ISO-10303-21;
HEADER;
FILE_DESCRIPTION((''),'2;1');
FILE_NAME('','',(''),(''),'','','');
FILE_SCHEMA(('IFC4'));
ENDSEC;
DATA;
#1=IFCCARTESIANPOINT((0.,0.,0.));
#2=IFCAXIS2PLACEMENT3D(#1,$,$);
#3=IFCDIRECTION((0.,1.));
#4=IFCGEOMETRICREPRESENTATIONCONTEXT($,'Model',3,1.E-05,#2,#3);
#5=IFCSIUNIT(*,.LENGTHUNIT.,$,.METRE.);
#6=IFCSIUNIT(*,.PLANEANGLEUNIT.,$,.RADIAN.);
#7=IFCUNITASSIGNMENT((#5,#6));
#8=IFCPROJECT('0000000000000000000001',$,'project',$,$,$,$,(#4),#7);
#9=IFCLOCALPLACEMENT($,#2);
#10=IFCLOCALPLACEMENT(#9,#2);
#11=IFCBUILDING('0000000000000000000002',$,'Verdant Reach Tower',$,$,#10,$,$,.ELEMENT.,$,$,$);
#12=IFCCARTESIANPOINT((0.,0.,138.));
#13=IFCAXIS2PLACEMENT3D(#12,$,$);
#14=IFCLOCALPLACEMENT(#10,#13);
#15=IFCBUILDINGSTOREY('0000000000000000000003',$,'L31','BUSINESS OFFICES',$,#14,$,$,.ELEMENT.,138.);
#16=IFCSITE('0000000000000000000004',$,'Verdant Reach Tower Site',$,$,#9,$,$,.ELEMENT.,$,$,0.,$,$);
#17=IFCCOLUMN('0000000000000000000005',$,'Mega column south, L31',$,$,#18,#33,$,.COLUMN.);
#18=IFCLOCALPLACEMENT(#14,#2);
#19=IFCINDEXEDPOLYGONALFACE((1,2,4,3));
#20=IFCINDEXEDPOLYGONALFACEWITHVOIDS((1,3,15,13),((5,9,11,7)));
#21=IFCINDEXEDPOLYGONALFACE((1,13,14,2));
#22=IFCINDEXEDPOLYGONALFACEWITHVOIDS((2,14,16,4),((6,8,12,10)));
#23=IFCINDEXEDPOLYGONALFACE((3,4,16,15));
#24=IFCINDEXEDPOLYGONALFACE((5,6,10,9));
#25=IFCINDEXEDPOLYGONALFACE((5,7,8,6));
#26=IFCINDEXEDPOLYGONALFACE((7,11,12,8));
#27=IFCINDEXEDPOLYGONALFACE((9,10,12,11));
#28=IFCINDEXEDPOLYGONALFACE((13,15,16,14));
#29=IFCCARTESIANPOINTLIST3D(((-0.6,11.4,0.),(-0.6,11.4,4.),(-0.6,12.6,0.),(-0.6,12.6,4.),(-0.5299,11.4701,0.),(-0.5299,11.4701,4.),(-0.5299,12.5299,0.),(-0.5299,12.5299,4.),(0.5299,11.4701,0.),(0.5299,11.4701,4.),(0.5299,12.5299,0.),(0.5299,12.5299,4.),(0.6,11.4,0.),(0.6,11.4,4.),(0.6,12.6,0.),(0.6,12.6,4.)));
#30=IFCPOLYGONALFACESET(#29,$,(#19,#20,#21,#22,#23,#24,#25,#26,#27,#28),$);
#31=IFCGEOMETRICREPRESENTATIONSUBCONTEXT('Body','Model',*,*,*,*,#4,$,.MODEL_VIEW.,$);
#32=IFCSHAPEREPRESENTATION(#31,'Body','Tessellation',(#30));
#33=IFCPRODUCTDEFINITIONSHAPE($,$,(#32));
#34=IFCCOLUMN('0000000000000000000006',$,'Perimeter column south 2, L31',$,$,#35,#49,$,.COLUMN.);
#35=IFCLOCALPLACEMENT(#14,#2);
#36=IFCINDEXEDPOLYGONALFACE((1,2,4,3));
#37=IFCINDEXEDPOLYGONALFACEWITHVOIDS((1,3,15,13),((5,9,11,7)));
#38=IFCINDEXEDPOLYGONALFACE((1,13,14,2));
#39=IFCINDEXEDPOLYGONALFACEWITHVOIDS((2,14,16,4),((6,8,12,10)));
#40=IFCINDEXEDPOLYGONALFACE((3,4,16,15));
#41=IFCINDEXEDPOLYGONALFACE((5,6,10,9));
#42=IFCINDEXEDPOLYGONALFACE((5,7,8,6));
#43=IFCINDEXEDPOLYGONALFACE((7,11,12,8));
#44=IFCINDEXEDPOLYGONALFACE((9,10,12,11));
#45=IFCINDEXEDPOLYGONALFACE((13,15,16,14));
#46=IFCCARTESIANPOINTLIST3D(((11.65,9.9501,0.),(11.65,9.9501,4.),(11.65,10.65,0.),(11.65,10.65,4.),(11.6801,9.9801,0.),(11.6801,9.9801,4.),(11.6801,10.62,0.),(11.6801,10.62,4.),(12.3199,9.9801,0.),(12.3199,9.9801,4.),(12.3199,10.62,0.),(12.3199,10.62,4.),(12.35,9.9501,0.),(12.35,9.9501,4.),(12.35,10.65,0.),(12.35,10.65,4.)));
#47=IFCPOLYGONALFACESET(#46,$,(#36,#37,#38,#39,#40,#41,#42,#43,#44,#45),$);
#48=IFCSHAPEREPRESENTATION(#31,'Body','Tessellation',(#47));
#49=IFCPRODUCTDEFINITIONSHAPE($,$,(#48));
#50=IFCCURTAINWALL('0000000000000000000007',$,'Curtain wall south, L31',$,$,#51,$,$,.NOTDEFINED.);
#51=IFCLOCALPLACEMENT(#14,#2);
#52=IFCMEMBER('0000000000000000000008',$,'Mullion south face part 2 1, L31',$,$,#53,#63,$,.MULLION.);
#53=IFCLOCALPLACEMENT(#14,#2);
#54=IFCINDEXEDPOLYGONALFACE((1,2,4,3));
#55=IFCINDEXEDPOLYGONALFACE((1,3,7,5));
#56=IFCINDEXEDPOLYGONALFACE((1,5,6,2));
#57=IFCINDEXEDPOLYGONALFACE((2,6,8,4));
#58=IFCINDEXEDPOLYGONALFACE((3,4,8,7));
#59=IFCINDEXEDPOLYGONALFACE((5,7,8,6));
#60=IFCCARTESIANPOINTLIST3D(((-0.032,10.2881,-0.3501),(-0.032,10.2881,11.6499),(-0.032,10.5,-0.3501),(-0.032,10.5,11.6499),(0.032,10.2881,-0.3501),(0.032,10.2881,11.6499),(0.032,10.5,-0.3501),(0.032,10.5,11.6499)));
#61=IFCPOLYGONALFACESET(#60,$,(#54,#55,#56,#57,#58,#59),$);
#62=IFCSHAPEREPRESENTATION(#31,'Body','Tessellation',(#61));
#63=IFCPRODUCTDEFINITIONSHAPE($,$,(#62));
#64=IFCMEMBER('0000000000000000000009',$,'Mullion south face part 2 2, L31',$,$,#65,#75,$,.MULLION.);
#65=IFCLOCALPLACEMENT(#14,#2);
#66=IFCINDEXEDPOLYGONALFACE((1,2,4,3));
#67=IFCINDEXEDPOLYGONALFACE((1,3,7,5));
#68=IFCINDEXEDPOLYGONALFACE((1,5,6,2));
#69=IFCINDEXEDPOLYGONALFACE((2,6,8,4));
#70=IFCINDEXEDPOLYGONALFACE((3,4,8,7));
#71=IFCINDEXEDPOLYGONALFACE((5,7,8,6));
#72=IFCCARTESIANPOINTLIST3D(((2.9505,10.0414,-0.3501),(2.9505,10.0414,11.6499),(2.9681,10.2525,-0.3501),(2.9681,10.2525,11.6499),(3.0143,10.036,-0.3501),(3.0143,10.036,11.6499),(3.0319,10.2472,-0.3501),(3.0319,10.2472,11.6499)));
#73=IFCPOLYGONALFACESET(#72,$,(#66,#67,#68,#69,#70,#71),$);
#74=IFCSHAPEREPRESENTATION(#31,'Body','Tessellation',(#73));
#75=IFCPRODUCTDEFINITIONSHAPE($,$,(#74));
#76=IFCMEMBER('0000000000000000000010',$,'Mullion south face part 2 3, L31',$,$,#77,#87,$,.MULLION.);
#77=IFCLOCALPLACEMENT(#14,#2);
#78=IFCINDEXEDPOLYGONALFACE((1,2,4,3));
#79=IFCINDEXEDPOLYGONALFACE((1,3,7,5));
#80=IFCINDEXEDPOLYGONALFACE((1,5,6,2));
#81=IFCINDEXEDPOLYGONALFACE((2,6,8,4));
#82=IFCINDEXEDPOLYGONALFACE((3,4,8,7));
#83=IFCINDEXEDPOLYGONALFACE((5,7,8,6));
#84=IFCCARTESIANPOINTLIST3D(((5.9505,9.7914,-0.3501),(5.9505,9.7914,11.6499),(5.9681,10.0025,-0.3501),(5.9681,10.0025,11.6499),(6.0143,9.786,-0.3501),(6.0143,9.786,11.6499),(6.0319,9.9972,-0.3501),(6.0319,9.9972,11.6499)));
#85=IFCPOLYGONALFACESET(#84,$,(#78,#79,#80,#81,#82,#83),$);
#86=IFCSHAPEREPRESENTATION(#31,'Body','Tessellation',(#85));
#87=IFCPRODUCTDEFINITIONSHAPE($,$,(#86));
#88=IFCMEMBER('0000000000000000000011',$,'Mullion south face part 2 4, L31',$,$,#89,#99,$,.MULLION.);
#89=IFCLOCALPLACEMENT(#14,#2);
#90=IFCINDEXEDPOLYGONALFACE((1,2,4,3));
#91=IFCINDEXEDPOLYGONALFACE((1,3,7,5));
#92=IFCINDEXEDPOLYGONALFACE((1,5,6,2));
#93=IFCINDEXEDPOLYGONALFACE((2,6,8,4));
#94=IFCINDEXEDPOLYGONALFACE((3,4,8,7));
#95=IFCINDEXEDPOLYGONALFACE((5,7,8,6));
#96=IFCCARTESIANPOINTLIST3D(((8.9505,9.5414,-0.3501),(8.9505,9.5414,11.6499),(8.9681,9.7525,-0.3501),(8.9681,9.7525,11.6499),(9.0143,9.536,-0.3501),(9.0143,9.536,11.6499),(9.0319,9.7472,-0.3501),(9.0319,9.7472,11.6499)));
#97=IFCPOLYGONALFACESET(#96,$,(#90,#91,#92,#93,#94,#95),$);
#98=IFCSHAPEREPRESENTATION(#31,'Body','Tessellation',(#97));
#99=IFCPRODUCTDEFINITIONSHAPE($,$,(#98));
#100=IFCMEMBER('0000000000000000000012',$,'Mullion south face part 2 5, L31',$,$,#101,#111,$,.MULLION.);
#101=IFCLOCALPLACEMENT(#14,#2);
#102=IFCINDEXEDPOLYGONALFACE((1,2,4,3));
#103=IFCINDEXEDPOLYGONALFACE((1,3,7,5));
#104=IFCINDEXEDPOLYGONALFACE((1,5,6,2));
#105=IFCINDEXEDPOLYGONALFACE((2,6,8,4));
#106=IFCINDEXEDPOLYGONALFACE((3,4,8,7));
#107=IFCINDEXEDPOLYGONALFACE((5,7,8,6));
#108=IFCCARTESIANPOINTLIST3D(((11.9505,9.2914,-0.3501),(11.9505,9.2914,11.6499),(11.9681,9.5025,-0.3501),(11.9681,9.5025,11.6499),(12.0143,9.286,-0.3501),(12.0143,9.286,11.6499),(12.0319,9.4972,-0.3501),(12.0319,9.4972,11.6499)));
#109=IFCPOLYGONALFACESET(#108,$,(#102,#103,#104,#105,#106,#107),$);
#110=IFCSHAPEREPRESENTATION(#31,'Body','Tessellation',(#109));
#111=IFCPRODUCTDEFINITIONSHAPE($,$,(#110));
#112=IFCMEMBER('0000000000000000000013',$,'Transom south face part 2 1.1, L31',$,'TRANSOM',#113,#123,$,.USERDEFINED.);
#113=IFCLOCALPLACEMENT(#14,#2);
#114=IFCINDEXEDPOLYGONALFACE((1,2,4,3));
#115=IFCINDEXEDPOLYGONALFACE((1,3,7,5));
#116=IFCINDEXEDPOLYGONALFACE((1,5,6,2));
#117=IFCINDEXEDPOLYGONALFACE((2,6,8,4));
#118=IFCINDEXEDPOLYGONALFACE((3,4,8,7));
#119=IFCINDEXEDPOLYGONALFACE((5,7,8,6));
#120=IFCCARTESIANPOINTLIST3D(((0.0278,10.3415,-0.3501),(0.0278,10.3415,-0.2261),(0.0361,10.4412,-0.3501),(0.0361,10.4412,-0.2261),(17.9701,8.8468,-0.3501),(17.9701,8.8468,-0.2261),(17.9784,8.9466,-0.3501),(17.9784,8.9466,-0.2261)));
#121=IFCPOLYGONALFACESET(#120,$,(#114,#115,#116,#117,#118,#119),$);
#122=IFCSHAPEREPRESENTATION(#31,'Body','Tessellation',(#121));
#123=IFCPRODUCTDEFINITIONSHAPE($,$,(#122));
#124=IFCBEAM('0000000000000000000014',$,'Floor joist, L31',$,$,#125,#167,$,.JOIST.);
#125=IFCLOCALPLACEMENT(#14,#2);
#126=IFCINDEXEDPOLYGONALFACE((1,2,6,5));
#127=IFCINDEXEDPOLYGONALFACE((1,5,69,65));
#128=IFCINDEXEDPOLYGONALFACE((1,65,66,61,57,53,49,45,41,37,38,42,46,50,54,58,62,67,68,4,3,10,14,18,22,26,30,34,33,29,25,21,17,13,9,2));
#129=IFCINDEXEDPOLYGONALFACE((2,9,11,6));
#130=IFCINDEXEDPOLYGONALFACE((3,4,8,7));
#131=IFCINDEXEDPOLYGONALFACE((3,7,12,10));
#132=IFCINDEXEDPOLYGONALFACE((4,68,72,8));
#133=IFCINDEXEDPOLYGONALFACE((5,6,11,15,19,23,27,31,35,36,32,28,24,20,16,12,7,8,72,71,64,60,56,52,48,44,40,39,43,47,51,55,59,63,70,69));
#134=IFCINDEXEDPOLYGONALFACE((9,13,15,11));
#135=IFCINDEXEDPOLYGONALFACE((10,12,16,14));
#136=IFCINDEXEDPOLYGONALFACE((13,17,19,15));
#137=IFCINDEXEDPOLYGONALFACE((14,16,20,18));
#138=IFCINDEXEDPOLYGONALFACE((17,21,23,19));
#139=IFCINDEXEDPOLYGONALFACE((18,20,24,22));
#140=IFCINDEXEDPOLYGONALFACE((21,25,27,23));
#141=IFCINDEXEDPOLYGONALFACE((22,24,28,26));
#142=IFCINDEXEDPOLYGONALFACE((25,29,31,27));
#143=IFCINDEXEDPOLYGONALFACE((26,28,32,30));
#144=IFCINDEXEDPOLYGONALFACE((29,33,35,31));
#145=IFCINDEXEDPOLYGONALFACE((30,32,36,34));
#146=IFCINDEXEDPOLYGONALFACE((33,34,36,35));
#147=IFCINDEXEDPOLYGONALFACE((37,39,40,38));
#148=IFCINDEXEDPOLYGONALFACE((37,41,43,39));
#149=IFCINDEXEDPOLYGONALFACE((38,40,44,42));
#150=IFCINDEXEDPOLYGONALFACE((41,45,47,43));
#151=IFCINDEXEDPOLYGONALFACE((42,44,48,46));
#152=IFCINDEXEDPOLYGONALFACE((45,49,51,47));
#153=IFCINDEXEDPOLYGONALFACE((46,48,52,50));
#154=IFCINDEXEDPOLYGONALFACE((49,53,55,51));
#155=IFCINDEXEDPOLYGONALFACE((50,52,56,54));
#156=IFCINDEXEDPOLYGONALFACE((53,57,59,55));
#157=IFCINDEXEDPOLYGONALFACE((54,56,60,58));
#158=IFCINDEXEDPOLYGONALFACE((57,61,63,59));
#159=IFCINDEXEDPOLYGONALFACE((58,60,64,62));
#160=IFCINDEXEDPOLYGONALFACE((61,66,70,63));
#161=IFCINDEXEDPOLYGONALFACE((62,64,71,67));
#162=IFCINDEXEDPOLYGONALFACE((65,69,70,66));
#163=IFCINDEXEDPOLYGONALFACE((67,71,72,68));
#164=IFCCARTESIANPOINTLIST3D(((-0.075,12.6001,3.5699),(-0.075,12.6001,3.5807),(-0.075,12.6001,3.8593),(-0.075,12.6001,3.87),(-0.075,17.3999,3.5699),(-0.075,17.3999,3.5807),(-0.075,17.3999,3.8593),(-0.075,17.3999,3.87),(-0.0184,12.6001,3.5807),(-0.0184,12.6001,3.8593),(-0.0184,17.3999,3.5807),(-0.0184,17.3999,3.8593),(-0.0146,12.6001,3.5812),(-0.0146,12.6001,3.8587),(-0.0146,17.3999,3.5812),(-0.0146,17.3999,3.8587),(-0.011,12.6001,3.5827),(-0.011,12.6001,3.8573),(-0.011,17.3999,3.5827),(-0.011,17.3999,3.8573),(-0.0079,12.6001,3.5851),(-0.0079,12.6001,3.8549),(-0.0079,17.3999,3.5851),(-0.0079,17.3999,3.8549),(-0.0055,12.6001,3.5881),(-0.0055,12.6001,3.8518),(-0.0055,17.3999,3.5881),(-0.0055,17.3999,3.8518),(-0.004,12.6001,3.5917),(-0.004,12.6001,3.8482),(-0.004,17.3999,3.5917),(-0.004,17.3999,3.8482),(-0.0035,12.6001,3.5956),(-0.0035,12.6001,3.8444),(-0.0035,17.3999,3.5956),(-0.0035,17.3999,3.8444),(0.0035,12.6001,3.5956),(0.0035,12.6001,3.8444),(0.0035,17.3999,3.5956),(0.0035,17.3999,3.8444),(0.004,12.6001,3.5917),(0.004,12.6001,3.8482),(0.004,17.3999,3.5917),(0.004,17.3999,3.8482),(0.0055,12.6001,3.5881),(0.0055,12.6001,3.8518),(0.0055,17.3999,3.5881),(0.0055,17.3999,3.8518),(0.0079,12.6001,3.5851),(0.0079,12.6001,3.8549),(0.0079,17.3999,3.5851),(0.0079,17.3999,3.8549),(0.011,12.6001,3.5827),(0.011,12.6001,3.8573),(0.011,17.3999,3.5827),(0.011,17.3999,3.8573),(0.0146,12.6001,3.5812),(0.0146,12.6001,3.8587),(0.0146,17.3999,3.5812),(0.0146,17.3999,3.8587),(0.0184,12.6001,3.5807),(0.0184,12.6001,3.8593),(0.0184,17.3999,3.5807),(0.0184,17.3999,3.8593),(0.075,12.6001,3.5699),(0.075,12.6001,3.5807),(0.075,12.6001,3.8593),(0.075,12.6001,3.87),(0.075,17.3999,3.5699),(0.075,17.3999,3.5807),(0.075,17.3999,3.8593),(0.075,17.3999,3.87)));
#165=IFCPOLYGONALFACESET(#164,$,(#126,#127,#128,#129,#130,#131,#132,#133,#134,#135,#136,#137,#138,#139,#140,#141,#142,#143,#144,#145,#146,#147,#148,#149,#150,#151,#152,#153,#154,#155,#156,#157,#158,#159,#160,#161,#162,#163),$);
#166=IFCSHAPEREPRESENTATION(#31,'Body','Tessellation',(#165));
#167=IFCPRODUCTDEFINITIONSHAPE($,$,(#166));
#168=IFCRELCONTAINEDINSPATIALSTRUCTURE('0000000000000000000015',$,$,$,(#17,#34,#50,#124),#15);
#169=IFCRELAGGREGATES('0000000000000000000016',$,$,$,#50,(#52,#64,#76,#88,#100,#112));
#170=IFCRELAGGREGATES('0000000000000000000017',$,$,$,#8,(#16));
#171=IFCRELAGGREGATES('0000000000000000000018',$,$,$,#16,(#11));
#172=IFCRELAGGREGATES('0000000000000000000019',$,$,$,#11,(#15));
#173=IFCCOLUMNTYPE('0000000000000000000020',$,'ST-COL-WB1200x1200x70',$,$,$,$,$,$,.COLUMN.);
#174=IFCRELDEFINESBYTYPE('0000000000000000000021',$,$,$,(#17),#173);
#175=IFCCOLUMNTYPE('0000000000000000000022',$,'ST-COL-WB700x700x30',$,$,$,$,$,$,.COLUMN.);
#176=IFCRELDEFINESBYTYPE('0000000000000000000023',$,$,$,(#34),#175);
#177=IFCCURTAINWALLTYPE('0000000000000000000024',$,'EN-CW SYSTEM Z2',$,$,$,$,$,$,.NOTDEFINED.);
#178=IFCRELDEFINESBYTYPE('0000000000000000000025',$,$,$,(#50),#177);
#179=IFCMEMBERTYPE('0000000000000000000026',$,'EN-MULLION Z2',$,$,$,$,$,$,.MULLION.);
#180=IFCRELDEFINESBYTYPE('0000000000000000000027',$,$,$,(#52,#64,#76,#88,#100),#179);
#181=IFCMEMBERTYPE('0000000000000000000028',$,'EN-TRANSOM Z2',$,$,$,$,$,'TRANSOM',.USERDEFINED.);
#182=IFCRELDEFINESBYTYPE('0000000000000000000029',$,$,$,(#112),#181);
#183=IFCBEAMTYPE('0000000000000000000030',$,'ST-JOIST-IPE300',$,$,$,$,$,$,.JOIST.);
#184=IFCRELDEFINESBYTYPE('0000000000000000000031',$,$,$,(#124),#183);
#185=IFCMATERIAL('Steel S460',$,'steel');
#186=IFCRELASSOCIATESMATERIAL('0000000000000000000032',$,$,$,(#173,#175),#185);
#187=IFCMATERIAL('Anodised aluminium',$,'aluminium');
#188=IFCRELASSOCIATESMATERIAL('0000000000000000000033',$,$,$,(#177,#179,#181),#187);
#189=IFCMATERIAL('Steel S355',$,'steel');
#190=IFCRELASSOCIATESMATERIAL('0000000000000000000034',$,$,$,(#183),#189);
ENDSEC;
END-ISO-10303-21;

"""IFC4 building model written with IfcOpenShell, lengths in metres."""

from ifc_helpers import new_model, si_unit, direction, frame, origin, origin_2d, place, context, subcontext, project, spatial, rectangle, hollow_rectangle, i_section, extrude, material, material_profile, profile_set, type_object, element, aggregate, save


model = new_model("IFC4")

# Units and contexts
model_context = context("Model", 3, precision=1e-05, world=origin(), true_north=direction((0.0, 1.0)))
body_context = subcontext(model_context, "Body", "Model", "MODEL_VIEW")
ifc_project = project(units=[si_unit("LENGTHUNIT", "METRE"), si_unit("PLANEANGLEUNIT", "RADIAN")], contexts=[model_context])

# Site, building, storey
site_placement = place(None, origin())
site = spatial("IfcSite", under=ifc_project, at=site_placement, Name="Verdant Reach Tower Site", CompositionType="ELEMENT", RefElevation=0.0)
building_placement = place(site_placement, origin())
building = spatial("IfcBuilding", under=site, at=building_placement, Name="Verdant Reach Tower", CompositionType="ELEMENT")
storey_placement = place(building_placement, frame((0.0, 0.0, 138.0)))
storey = spatial("IfcBuildingStorey", under=building, at=storey_placement, Name="L31", Description="BUSINESS OFFICES", CompositionType="ELEMENT", Elevation=138.0)

# Columns
ifc_material_1 = material(Name="Steel S460", Category="steel")
ifc_material_profile_1 = material_profile(ifc_material_1, hollow_rectangle(XDim=1.2, YDim=1.2, WallThickness=0.0701, at=origin_2d()), Name="WB 1200x1200x70")
ifc_profile_set_1 = profile_set([ifc_material_profile_1], Name="Steel S460")
column_type_1 = type_object("IfcColumnType", Name="ST-COL-WB1200x1200x70", PredefinedType="COLUMN", material=ifc_profile_set_1)
column_1_placement = place(storey_placement, frame((0.0, 12.0, 0.0), z_axis=(0.0, 0.0, 1.0), x_axis=(1.0, 0.0, 0.0)))
element("IfcColumn", 1, at=column_1_placement, inside=storey, type_object=column_type_1, Name="Mega column south, L31", PredefinedType="COLUMN", context=body_context, shape_type="SweptSolid", body=[
    extrude(hollow_rectangle(XDim=1.2, YDim=1.2, WallThickness=0.0701, at=origin_2d()), origin(), (0.0, 0.0, 1.0), 4.0),
])
ifc_material_profile_2 = material_profile(ifc_material_1, hollow_rectangle(XDim=0.7, YDim=0.7, WallThickness=0.03, at=origin_2d()), Name="WB 700x700x30")
ifc_profile_set_2 = profile_set([ifc_material_profile_2], Name="Steel S460")
column_type_2 = type_object("IfcColumnType", Name="ST-COL-WB700x700x30", PredefinedType="COLUMN", material=ifc_profile_set_2)
column_2_placement = place(storey_placement, frame((12.0, 10.3, 0.0), z_axis=(0.0, 0.0, 1.0), x_axis=(1.0, 0.0, 0.0)))
element("IfcColumn", 2, at=column_2_placement, inside=storey, type_object=column_type_2, Name="Perimeter column south 2, L31", PredefinedType="COLUMN", context=body_context, shape_type="SweptSolid", body=[
    extrude(hollow_rectangle(XDim=0.7, YDim=0.7, WallThickness=0.03, at=origin_2d()), origin(), (0.0, 0.0, 1.0), 4.0),
])

# Curtain wall, members
ifc_material_2 = material(Name="Anodised aluminium", Category="aluminium")
curtain_wall_type = type_object("IfcCurtainWallType", Name="EN-CW SYSTEM Z2", PredefinedType="NOTDEFINED", material=ifc_material_2)
curtain_wall_placement = place(storey_placement, origin())
curtain_wall = element("IfcCurtainWall", 3, at=curtain_wall_placement, inside=storey, type_object=curtain_wall_type, Name="Curtain wall south, L31", PredefinedType="NOTDEFINED")
ifc_material_profile_3 = material_profile(ifc_material_2, rectangle(XDim=0.2119, YDim=0.064, at=origin_2d()), Name="Mullion 64x212")
ifc_profile_set_3 = profile_set([ifc_material_profile_3], Name="Anodised aluminium")
member_type_1 = type_object("IfcMemberType", Name="EN-MULLION Z2", PredefinedType="MULLION", material=ifc_profile_set_3)
member_1_placement = place(storey_placement, frame((0.0, 10.394, -0.3501), z_axis=(0.0, 0.0, 1.0), x_axis=(0.0, -1.0, 0.0)))
member_1 = element("IfcMember", 4, at=member_1_placement, type_object=member_type_1, Name="Mullion south face part 2 1, L31", PredefinedType="MULLION", context=body_context, shape_type="SweptSolid", body=[
    extrude(rectangle(XDim=0.2119, YDim=0.064, at=origin_2d()), origin(), (0.0, 0.0, 1.0), 12.0),
])
member_2_placement = place(storey_placement, frame((2.9912, 10.1443, -0.3501), z_axis=(0.0, 0.0, 1.0), x_axis=(-0.083045, -0.996546, 0.0)))
member_2 = element("IfcMember", 5, at=member_2_placement, type_object=member_type_1, Name="Mullion south face part 2 2, L31", PredefinedType="MULLION", context=body_context, shape_type="SweptSolid", body=[
    extrude(rectangle(XDim=0.2119, YDim=0.064, at=origin_2d()), origin(), (0.0, 0.0, 1.0), 12.0),
])
member_3_placement = place(storey_placement, frame((5.9912, 9.8943, -0.3501), z_axis=(0.0, 0.0, 1.0), x_axis=(-0.083045, -0.996546, 0.0)))
member_3 = element("IfcMember", 6, at=member_3_placement, type_object=member_type_1, Name="Mullion south face part 2 3, L31", PredefinedType="MULLION", context=body_context, shape_type="SweptSolid", body=[
    extrude(rectangle(XDim=0.2119, YDim=0.064, at=origin_2d()), origin(), (0.0, 0.0, 1.0), 12.0),
])
member_4_placement = place(storey_placement, frame((8.9912, 9.6443, -0.3501), z_axis=(0.0, 0.0, 1.0), x_axis=(-0.083045, -0.996546, 0.0)))
member_4 = element("IfcMember", 7, at=member_4_placement, type_object=member_type_1, Name="Mullion south face part 2 4, L31", PredefinedType="MULLION", context=body_context, shape_type="SweptSolid", body=[
    extrude(rectangle(XDim=0.2119, YDim=0.064, at=origin_2d()), origin(), (0.0, 0.0, 1.0), 12.0),
])
member_5_placement = place(storey_placement, frame((11.9912, 9.3943, -0.3501), z_axis=(0.0, 0.0, 1.0), x_axis=(-0.083045, -0.996546, 0.0)))
member_5 = element("IfcMember", 8, at=member_5_placement, type_object=member_type_1, Name="Mullion south face part 2 5, L31", PredefinedType="MULLION", context=body_context, shape_type="SweptSolid", body=[
    extrude(rectangle(XDim=0.2119, YDim=0.064, at=origin_2d()), origin(), (0.0, 0.0, 1.0), 12.0),
])
ifc_material_profile_4 = material_profile(ifc_material_2, rectangle(XDim=0.1001, YDim=0.124, at=origin_2d()), Name="Transom 124x100")
ifc_profile_set_4 = profile_set([ifc_material_profile_4], Name="Anodised aluminium")
member_type_2 = type_object("IfcMemberType", Name="EN-TRANSOM Z2", ElementType="TRANSOM", PredefinedType="USERDEFINED", material=ifc_profile_set_4)
member_6_placement = place(storey_placement, frame((0.032, 10.3914, -0.2881), z_axis=(0.996548, -0.083015, 0.0), x_axis=(0.083015, 0.996548, 0.0)))
member_6 = element("IfcMember", 9, at=member_6_placement, type_object=member_type_2, Name="Transom south face part 2 1.1, L31", ObjectType="TRANSOM", PredefinedType="USERDEFINED", context=body_context, shape_type="SweptSolid", body=[
    extrude(rectangle(XDim=0.1001, YDim=0.124, at=origin_2d()), origin(), (0.0, 0.0, 1.0), 18.0044),
])

# Beam
ifc_material_3 = material(Name="Steel S355", Category="steel")
ifc_material_profile_5 = material_profile(ifc_material_3, i_section(OverallWidth=0.1499, OverallDepth=0.3, WebThickness=0.0071, FlangeThickness=0.0107, FilletRadius=0.0149, at=origin_2d()), Name="IPE 300")
ifc_profile_set_5 = profile_set([ifc_material_profile_5], Name="Steel S355")
beam_type_1 = type_object("IfcBeamType", Name="ST-JOIST-IPE300", PredefinedType="JOIST", material=ifc_profile_set_5)
beam_1_placement = place(storey_placement, frame((0.0, 17.3999, 3.72), z_axis=(0.0, -1.0, 0.0), x_axis=(1.0, 0.0, 0.0)))
element("IfcBeam", 10, at=beam_1_placement, inside=storey, type_object=beam_type_1, Name="Floor joist, L31", PredefinedType="JOIST", context=body_context, shape_type="SweptSolid", body=[
    extrude(i_section(OverallWidth=0.1499, OverallDepth=0.3, WebThickness=0.0071, FlangeThickness=0.0107, FilletRadius=0.0149, at=origin_2d()), origin(), (0.0, 0.0, 1.0), 4.7998),
])

aggregate(curtain_wall, [member_1, member_2, member_3, member_4, member_5, member_6])

save(model, "model.ifc")
